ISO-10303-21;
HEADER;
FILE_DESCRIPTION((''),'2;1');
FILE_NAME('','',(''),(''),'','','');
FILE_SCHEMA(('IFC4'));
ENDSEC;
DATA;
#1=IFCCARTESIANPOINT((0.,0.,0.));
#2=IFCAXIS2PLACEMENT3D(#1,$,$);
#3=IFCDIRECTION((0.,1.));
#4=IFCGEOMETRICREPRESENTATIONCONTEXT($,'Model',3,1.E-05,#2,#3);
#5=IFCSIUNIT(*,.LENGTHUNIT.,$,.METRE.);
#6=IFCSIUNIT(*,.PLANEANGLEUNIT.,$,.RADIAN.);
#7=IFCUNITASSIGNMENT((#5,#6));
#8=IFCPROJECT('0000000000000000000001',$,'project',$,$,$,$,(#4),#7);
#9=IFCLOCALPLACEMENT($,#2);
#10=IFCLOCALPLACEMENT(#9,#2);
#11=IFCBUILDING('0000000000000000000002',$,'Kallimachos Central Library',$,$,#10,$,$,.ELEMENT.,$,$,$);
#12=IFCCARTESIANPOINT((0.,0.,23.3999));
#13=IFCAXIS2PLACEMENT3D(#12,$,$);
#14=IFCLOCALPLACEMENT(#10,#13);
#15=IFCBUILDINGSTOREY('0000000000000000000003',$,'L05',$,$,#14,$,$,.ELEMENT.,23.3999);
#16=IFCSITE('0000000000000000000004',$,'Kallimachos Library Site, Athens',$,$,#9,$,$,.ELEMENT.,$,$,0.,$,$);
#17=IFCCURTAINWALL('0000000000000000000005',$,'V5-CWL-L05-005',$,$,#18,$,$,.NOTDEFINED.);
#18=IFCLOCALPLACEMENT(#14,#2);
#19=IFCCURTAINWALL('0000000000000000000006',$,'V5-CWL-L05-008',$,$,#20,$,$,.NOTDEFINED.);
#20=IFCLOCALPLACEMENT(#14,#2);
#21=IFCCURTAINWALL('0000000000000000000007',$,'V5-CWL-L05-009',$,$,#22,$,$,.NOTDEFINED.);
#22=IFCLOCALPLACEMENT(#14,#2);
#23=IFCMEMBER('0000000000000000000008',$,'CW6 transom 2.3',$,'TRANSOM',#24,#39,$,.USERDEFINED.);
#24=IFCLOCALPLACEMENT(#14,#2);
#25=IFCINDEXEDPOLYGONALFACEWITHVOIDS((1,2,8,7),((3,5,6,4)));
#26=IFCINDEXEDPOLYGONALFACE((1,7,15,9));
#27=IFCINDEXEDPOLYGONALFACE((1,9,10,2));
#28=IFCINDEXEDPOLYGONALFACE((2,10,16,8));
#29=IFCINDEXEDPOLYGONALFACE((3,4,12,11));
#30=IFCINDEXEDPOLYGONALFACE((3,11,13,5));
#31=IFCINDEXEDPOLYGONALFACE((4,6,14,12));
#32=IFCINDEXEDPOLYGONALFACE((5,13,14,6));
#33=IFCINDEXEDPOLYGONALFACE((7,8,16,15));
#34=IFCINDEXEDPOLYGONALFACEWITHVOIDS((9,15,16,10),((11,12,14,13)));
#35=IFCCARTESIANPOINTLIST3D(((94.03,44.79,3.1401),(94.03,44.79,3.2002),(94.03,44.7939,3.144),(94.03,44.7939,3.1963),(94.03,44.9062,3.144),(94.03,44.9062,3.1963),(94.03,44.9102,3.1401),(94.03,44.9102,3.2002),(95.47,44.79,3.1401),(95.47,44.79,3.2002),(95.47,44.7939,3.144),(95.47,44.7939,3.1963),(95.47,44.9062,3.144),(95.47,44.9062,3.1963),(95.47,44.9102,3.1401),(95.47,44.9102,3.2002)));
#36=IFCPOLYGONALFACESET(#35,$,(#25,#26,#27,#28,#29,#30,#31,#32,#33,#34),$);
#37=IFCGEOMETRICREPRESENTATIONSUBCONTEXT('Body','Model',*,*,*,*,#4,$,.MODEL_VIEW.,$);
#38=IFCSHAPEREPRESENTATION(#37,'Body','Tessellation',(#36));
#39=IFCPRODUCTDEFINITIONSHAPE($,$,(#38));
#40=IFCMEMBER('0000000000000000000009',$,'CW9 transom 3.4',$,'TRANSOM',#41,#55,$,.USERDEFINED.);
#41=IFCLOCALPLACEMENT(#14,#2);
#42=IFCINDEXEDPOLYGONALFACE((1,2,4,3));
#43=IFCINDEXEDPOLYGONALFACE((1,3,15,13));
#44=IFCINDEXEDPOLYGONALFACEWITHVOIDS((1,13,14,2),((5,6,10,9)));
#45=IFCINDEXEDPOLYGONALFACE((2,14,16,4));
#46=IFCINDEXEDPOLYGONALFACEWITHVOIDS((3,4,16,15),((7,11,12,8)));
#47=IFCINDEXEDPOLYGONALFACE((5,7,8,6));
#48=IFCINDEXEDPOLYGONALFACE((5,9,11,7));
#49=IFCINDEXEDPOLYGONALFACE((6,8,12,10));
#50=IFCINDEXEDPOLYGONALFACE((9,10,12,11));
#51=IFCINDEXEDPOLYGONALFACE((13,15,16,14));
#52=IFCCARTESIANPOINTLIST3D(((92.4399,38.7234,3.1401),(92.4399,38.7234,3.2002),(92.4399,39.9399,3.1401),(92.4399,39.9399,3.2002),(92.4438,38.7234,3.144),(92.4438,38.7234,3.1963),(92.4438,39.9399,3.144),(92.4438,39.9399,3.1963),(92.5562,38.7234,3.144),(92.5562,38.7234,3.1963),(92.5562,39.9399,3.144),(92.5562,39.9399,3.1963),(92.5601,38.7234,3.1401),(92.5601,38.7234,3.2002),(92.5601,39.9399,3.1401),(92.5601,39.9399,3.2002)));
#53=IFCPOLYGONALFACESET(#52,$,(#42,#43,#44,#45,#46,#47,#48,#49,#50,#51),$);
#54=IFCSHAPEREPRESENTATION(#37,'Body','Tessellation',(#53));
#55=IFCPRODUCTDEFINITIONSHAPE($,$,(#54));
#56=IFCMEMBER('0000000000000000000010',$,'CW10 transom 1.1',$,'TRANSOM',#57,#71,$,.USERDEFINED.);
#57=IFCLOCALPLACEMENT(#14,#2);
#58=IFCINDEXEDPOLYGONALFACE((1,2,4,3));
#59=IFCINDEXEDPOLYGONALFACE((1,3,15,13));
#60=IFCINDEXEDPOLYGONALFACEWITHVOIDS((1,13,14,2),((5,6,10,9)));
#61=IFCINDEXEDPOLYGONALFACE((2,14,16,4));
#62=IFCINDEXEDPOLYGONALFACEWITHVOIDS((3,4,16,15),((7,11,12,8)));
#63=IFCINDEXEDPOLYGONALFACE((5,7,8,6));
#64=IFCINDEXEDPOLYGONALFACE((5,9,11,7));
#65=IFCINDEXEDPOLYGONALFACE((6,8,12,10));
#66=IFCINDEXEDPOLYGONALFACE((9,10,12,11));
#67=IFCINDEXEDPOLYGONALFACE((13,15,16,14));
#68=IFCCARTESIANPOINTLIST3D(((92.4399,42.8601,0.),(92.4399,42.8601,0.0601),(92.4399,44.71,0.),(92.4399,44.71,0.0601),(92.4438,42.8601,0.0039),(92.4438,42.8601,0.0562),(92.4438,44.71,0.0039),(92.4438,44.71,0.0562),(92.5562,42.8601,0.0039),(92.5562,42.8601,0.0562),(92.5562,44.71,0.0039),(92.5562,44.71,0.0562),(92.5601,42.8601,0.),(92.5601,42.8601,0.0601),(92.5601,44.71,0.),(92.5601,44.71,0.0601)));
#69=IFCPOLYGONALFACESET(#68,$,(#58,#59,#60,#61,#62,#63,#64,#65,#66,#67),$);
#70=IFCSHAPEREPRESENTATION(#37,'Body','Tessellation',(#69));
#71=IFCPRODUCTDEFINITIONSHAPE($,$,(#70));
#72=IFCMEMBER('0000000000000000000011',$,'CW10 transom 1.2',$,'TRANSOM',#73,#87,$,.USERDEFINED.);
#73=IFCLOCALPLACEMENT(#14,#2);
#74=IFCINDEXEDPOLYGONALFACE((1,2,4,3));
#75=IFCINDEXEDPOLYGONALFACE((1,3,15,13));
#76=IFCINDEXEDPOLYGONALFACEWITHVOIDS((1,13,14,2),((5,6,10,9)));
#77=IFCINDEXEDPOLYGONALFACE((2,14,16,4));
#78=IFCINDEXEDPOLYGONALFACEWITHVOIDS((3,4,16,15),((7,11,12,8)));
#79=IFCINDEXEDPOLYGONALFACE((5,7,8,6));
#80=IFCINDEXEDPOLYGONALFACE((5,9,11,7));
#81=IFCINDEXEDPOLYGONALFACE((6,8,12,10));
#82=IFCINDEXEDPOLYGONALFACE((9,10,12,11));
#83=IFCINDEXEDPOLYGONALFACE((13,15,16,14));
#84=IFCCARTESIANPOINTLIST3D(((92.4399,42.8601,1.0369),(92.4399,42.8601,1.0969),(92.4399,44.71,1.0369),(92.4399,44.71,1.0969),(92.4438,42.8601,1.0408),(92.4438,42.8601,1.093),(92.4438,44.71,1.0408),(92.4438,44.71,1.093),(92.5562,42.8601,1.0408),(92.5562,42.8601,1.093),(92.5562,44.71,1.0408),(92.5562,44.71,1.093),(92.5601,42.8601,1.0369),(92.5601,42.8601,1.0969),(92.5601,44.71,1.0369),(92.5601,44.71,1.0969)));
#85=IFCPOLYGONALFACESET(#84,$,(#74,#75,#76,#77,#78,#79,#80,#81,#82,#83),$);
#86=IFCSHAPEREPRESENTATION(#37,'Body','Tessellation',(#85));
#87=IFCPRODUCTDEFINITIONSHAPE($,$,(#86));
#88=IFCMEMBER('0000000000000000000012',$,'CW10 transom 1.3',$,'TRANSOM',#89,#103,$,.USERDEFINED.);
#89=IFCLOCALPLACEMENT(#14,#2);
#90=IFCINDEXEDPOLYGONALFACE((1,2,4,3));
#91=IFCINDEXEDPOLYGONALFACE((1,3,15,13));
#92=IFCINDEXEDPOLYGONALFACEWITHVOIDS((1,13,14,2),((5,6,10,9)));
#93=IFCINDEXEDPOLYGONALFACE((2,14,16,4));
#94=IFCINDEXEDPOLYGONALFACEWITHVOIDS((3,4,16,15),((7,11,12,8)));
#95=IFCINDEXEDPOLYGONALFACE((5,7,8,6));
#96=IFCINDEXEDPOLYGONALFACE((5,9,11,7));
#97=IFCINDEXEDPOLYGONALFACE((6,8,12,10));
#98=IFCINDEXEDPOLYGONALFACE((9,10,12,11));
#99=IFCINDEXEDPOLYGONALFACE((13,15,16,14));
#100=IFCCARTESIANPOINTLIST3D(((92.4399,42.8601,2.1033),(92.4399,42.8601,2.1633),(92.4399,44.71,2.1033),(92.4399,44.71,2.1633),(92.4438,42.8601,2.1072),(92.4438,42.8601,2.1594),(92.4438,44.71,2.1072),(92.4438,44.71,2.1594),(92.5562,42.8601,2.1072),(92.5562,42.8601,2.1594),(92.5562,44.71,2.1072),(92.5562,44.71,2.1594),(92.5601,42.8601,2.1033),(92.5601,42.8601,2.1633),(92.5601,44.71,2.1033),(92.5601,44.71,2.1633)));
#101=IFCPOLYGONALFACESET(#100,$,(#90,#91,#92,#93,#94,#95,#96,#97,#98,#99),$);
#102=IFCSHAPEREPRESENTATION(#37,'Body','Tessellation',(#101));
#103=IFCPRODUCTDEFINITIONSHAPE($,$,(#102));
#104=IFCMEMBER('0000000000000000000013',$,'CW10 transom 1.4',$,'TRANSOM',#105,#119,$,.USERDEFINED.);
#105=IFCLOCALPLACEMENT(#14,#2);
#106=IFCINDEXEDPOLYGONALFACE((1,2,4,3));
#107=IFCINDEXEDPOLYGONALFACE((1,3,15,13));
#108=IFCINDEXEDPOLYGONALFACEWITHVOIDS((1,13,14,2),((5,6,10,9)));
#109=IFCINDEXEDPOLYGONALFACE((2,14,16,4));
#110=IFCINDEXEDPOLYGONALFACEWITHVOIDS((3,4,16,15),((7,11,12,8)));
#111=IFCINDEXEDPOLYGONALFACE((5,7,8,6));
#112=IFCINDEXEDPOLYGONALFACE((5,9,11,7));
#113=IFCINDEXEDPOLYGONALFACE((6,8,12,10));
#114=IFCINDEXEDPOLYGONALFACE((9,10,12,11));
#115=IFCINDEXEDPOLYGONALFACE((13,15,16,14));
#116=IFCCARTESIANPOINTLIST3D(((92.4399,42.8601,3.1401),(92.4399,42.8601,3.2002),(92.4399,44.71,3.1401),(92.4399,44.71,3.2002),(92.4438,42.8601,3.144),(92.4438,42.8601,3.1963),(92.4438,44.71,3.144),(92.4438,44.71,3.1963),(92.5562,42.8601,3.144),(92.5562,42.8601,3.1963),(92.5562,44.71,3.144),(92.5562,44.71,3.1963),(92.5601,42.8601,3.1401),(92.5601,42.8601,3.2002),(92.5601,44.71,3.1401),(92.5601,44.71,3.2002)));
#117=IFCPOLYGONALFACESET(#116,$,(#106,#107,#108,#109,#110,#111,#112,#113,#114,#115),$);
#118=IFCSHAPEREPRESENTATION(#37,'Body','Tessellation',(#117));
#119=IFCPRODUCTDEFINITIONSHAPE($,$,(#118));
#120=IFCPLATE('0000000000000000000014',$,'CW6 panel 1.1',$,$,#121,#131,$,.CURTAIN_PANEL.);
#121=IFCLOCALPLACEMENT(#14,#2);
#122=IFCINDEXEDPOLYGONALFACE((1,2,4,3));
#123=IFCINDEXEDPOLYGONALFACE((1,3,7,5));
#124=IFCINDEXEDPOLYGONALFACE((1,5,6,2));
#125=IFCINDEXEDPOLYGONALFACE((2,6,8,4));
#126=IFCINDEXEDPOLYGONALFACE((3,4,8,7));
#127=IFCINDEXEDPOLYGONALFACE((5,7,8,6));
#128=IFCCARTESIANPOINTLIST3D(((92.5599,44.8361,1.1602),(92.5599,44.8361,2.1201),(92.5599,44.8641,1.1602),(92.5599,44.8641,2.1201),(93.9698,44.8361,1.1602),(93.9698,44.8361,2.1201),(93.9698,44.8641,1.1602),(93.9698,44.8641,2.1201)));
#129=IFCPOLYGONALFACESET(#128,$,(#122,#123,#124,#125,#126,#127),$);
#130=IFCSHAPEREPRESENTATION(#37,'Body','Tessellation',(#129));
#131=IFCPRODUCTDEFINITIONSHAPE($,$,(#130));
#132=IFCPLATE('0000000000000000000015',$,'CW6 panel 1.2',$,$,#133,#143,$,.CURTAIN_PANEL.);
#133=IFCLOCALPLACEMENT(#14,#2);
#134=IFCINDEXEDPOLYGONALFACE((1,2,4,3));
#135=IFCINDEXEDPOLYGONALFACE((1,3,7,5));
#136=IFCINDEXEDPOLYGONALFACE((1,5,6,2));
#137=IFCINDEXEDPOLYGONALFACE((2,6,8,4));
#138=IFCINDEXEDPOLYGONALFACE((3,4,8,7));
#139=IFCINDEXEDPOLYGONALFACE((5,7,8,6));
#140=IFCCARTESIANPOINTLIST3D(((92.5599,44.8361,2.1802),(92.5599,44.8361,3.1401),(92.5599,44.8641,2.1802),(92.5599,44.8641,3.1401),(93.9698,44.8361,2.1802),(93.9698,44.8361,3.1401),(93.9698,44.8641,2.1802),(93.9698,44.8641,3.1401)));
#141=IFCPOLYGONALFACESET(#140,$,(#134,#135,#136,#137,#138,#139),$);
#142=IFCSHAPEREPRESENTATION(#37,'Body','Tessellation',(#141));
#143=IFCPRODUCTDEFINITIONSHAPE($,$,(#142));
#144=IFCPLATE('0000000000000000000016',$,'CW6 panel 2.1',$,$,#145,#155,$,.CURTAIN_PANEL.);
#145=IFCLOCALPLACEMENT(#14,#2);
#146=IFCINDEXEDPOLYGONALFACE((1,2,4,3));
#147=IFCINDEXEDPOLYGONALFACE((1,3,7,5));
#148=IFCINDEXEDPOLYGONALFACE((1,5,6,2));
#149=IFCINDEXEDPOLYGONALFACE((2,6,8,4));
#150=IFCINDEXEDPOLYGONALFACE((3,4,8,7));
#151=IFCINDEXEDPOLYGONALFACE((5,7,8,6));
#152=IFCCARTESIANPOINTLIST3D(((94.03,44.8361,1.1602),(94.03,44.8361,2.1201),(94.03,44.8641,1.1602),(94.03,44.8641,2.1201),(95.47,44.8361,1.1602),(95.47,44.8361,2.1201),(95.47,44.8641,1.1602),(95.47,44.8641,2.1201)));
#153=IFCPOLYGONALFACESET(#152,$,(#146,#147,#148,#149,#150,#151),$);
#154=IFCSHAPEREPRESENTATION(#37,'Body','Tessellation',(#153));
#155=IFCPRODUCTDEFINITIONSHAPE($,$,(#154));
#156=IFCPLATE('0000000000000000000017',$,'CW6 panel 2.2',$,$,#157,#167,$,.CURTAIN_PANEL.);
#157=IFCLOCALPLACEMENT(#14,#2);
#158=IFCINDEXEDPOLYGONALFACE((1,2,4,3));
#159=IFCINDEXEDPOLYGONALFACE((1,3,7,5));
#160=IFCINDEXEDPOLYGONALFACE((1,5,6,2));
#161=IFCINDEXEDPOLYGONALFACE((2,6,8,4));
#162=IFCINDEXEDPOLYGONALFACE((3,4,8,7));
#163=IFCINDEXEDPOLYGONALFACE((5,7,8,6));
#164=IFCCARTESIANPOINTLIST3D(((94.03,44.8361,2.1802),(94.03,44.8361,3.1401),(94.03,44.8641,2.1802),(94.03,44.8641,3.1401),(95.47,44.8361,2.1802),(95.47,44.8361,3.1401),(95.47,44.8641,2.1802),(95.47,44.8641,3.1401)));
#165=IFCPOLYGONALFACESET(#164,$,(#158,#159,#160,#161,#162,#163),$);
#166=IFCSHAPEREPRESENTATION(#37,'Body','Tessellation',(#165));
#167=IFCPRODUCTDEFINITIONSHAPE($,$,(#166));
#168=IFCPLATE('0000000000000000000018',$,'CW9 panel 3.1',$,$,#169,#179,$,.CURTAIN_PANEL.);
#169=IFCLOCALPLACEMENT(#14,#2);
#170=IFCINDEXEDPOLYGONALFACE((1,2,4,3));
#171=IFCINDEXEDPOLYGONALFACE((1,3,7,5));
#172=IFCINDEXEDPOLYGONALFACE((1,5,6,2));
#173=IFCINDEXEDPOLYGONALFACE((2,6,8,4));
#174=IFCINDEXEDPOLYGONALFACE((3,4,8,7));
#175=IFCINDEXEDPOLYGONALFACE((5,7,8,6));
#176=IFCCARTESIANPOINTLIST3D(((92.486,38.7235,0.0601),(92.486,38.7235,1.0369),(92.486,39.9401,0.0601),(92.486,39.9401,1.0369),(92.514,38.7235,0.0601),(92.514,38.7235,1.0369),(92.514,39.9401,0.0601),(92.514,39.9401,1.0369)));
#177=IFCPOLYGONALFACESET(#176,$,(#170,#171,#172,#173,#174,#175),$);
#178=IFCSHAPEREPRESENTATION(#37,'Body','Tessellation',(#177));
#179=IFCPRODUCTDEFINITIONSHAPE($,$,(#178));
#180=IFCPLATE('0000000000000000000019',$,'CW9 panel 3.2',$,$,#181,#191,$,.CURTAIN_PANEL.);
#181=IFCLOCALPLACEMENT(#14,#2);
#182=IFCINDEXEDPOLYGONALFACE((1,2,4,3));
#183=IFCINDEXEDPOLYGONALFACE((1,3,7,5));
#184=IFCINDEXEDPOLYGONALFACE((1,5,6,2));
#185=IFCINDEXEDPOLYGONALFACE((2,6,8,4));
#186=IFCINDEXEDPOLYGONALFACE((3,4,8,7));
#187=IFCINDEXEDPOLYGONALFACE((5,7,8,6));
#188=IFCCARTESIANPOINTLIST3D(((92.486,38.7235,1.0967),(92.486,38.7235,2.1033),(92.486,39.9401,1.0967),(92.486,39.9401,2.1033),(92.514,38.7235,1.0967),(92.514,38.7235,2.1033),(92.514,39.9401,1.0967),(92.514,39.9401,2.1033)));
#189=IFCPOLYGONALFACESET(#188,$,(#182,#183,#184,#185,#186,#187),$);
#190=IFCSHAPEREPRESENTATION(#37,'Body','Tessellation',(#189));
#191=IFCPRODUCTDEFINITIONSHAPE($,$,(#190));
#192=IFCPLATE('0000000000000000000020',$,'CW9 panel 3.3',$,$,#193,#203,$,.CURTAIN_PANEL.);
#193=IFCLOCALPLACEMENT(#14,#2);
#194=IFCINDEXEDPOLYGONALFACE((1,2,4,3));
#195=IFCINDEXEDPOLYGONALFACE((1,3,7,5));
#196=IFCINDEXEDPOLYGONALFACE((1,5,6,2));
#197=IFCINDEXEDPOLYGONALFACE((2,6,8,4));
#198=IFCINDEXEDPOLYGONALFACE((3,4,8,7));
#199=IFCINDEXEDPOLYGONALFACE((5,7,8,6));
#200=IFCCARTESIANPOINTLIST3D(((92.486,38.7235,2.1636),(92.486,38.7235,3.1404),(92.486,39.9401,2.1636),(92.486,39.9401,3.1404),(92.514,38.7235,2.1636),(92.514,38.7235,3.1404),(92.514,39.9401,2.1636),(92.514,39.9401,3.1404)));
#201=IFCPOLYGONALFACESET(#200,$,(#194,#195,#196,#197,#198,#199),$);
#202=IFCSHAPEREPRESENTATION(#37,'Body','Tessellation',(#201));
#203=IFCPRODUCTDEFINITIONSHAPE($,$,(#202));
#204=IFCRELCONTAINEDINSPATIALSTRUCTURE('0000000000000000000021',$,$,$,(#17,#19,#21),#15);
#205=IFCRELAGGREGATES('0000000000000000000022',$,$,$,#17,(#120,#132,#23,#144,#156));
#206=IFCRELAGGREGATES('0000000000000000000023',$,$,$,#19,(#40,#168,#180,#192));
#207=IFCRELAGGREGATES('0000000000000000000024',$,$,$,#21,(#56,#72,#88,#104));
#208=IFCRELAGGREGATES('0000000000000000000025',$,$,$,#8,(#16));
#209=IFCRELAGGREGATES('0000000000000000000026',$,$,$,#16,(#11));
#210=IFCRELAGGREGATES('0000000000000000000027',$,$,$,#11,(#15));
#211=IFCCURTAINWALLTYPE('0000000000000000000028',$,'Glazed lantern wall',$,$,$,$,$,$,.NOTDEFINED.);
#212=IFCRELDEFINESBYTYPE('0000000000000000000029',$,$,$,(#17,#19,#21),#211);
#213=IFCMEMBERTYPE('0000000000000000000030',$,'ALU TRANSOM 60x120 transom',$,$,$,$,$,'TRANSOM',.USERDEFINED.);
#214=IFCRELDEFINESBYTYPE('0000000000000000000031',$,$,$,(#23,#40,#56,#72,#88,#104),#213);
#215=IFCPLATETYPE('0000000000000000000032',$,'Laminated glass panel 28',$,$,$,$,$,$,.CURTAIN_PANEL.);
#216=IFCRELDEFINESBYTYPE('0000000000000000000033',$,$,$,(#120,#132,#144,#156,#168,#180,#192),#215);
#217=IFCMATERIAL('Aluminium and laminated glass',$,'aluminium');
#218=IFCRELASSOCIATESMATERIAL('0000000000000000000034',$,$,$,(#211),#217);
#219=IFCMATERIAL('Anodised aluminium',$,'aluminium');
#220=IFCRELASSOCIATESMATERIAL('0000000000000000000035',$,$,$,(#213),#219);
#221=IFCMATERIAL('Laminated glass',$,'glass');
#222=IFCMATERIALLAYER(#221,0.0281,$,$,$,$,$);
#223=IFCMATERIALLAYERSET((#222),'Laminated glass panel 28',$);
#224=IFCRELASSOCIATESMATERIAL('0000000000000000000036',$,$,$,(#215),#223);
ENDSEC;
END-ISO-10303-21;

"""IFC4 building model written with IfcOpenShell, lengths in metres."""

from ifc_helpers import new_model, si_unit, direction, frame, origin, origin_2d, place, context, subcontext, project, spatial, rectangle, hollow_rectangle, extrude, material, layer, layer_set, material_profile, profile_set, type_object, element, aggregate, save


model = new_model("IFC4")

# Units and contexts
model_context = context("Model", 3, precision=1e-05, world=origin(), true_north=direction((0.0, 1.0)))
body_context = subcontext(model_context, "Body", "Model", "MODEL_VIEW")
ifc_project = project(units=[si_unit("LENGTHUNIT", "METRE"), si_unit("PLANEANGLEUNIT", "RADIAN")], contexts=[model_context])

# Site, building, storey
site_placement = place(None, origin())
site = spatial("IfcSite", under=ifc_project, at=site_placement, Name="Kallimachos Library Site, Athens", CompositionType="ELEMENT", RefElevation=0.0)
building_placement = place(site_placement, origin())
building = spatial("IfcBuilding", under=site, at=building_placement, Name="Kallimachos Central Library", CompositionType="ELEMENT")
storey_placement = place(building_placement, frame((0.0, 0.0, 23.3999)))
storey = spatial("IfcBuildingStorey", under=building, at=storey_placement, Name="L05", CompositionType="ELEMENT", Elevation=23.3999)

# Curtain wall
ifc_material_1 = material(Name="Aluminium and laminated glass", Category="aluminium")
curtain_wall_type = type_object("IfcCurtainWallType", Name="Glazed lantern wall", PredefinedType="NOTDEFINED", material=ifc_material_1)
curtain_wall_1_placement = place(storey_placement, origin())
curtain_wall_1 = element("IfcCurtainWall", 1, at=curtain_wall_1_placement, inside=storey, type_object=curtain_wall_type, Name="V5-CWL-L05-005", PredefinedType="NOTDEFINED")

# Curtain wall
curtain_wall_2_placement = place(storey_placement, origin())
curtain_wall_2 = element("IfcCurtainWall", 2, at=curtain_wall_2_placement, inside=storey, type_object=curtain_wall_type, Name="V5-CWL-L05-008", PredefinedType="NOTDEFINED")

# Curtain wall
curtain_wall_3_placement = place(storey_placement, origin())
curtain_wall_3 = element("IfcCurtainWall", 3, at=curtain_wall_3_placement, inside=storey, type_object=curtain_wall_type, Name="V5-CWL-L05-009", PredefinedType="NOTDEFINED")

# Members
ifc_material_2 = material(Name="Anodised aluminium", Category="aluminium")
ifc_material_profile_1 = material_profile(ifc_material_2, hollow_rectangle(XDim=0.0601, YDim=0.1201, WallThickness=0.0039, at=origin_2d()), Name="ALU TRANSOM 60x120")
ifc_profile_set_1 = profile_set([ifc_material_profile_1], Name="Anodised aluminium")
member_type_1 = type_object("IfcMemberType", Name="ALU TRANSOM 60x120 transom", ElementType="TRANSOM", PredefinedType="USERDEFINED", material=ifc_profile_set_1)
member_1_placement = place(storey_placement, frame((94.03, 44.8501, 3.1702), z_axis=(1.0, 0.0, 0.0), x_axis=(0.0, 0.0, 1.0)))
member_1 = element("IfcMember", 4, at=member_1_placement, type_object=member_type_1, Name="CW6 transom 2.3", ObjectType="TRANSOM", PredefinedType="USERDEFINED", context=body_context, shape_type="SweptSolid", body=[
    extrude(hollow_rectangle(XDim=0.0601, YDim=0.1201, WallThickness=0.0039, at=origin_2d()), origin(), (0.0, 0.0, 1.0), 1.4399),
])
member_2_placement = place(storey_placement, frame((92.5, 38.7234, 3.1702), z_axis=(0.0, 1.0, 0.0), x_axis=(0.0, 0.0, 1.0)))
member_2 = element("IfcMember", 5, at=member_2_placement, type_object=member_type_1, Name="CW9 transom 3.4", ObjectType="TRANSOM", PredefinedType="USERDEFINED", context=body_context, shape_type="SweptSolid", body=[
    extrude(hollow_rectangle(XDim=0.0601, YDim=0.1201, WallThickness=0.0039, at=origin_2d()), origin(), (0.0, 0.0, 1.0), 1.2166),
])
member_3_placement = place(storey_placement, frame((92.5, 42.8601, 0.03), z_axis=(0.0, 1.0, 0.0), x_axis=(0.0, 0.0, 1.0)))
member_3 = element("IfcMember", 6, at=member_3_placement, type_object=member_type_1, Name="CW10 transom 1.1", ObjectType="TRANSOM", PredefinedType="USERDEFINED", context=body_context, shape_type="SweptSolid", body=[
    extrude(hollow_rectangle(XDim=0.0601, YDim=0.1201, WallThickness=0.0039, at=origin_2d()), origin(), (0.0, 0.0, 1.0), 1.8499),
])
member_4_placement = place(storey_placement, frame((92.5, 42.8601, 1.0669), z_axis=(0.0, 1.0, 0.0), x_axis=(0.0, 0.0, 1.0)))
member_4 = element("IfcMember", 7, at=member_4_placement, type_object=member_type_1, Name="CW10 transom 1.2", ObjectType="TRANSOM", PredefinedType="USERDEFINED", context=body_context, shape_type="SweptSolid", body=[
    extrude(hollow_rectangle(XDim=0.0601, YDim=0.1201, WallThickness=0.0039, at=origin_2d()), origin(), (0.0, 0.0, 1.0), 1.8499),
])
member_5_placement = place(storey_placement, frame((92.5, 42.8601, 2.1333), z_axis=(0.0, 1.0, 0.0), x_axis=(0.0, 0.0, 1.0)))
member_5 = element("IfcMember", 8, at=member_5_placement, type_object=member_type_1, Name="CW10 transom 1.3", ObjectType="TRANSOM", PredefinedType="USERDEFINED", context=body_context, shape_type="SweptSolid", body=[
    extrude(hollow_rectangle(XDim=0.0601, YDim=0.1201, WallThickness=0.0039, at=origin_2d()), origin(), (0.0, 0.0, 1.0), 1.8499),
])
member_6_placement = place(storey_placement, frame((92.5, 42.8601, 3.1702), z_axis=(0.0, 1.0, 0.0), x_axis=(0.0, 0.0, 1.0)))
member_6 = element("IfcMember", 9, at=member_6_placement, type_object=member_type_1, Name="CW10 transom 1.4", ObjectType="TRANSOM", PredefinedType="USERDEFINED", context=body_context, shape_type="SweptSolid", body=[
    extrude(hollow_rectangle(XDim=0.0601, YDim=0.1201, WallThickness=0.0039, at=origin_2d()), origin(), (0.0, 0.0, 1.0), 1.8499),
])

# Plates
ifc_material_3 = material(Name="Laminated glass", Category="glass")
ifc_layer_1 = layer(ifc_material_3, 0.0281)
ifc_layer_set_1 = layer_set([ifc_layer_1], Name="Laminated glass panel 28")
plate_type = type_object("IfcPlateType", Name="Laminated glass panel 28", PredefinedType="CURTAIN_PANEL", material=ifc_layer_set_1)
plate_1_placement = place(storey_placement, frame((93.2649, 44.8501, 1.1602), z_axis=(0.0, 0.0, 1.0), x_axis=(1.0, 0.0, 0.0)))
plate_1 = element("IfcPlate", 10, at=plate_1_placement, type_object=plate_type, Name="CW6 panel 1.1", PredefinedType="CURTAIN_PANEL", context=body_context, shape_type="SweptSolid", body=[
    extrude(rectangle(XDim=1.4099, YDim=0.0281, at=origin_2d()), origin(), (0.0, 0.0, 1.0), 0.96),
])
plate_2_placement = place(storey_placement, frame((93.2649, 44.8501, 2.1802), z_axis=(0.0, 0.0, 1.0), x_axis=(1.0, 0.0, 0.0)))
plate_2 = element("IfcPlate", 11, at=plate_2_placement, type_object=plate_type, Name="CW6 panel 1.2", PredefinedType="CURTAIN_PANEL", context=body_context, shape_type="SweptSolid", body=[
    extrude(rectangle(XDim=1.4099, YDim=0.0281, at=origin_2d()), origin(), (0.0, 0.0, 1.0), 0.96),
])
plate_3_placement = place(storey_placement, frame((94.75, 44.8501, 1.1602), z_axis=(0.0, 0.0, 1.0), x_axis=(1.0, 0.0, 0.0)))
plate_3 = element("IfcPlate", 12, at=plate_3_placement, type_object=plate_type, Name="CW6 panel 2.1", PredefinedType="CURTAIN_PANEL", context=body_context, shape_type="SweptSolid", body=[
    extrude(rectangle(XDim=1.4399, YDim=0.0281, at=origin_2d()), origin(), (0.0, 0.0, 1.0), 0.96),
])
plate_4_placement = place(storey_placement, frame((94.75, 44.8501, 2.1802), z_axis=(0.0, 0.0, 1.0), x_axis=(1.0, 0.0, 0.0)))
plate_4 = element("IfcPlate", 13, at=plate_4_placement, type_object=plate_type, Name="CW6 panel 2.2", PredefinedType="CURTAIN_PANEL", context=body_context, shape_type="SweptSolid", body=[
    extrude(rectangle(XDim=1.4399, YDim=0.0281, at=origin_2d()), origin(), (0.0, 0.0, 1.0), 0.96),
])
aggregate(curtain_wall_1, [plate_1, plate_2, member_1, plate_3, plate_4])
plate_5_placement = place(storey_placement, frame((92.5, 39.3318, 0.0601), z_axis=(0.0, 0.0, 1.0), x_axis=(0.0, 1.0, 0.0)))
plate_5 = element("IfcPlate", 14, at=plate_5_placement, type_object=plate_type, Name="CW9 panel 3.1", PredefinedType="CURTAIN_PANEL", context=body_context, shape_type="SweptSolid", body=[
    extrude(rectangle(XDim=1.2166, YDim=0.0281, at=origin_2d()), origin(), (0.0, 0.0, 1.0), 0.9768),
])
plate_6_placement = place(storey_placement, frame((92.5, 39.3318, 1.0967), z_axis=(0.0, 0.0, 1.0), x_axis=(0.0, 1.0, 0.0)))
plate_6 = element("IfcPlate", 15, at=plate_6_placement, type_object=plate_type, Name="CW9 panel 3.2", PredefinedType="CURTAIN_PANEL", context=body_context, shape_type="SweptSolid", body=[
    extrude(rectangle(XDim=1.2166, YDim=0.0281, at=origin_2d()), origin(), (0.0, 0.0, 1.0), 1.0066),
])
plate_7_placement = place(storey_placement, frame((92.5, 39.3318, 2.1636), z_axis=(0.0, 0.0, 1.0), x_axis=(0.0, 1.0, 0.0)))
plate_7 = element("IfcPlate", 16, at=plate_7_placement, type_object=plate_type, Name="CW9 panel 3.3", PredefinedType="CURTAIN_PANEL", context=body_context, shape_type="SweptSolid", body=[
    extrude(rectangle(XDim=1.2166, YDim=0.0281, at=origin_2d()), origin(), (0.0, 0.0, 1.0), 0.9768),
])
aggregate(curtain_wall_2, [member_2, plate_5, plate_6, plate_7])
aggregate(curtain_wall_3, [member_3, member_4, member_5, member_6])

save(model, "model.ifc")
